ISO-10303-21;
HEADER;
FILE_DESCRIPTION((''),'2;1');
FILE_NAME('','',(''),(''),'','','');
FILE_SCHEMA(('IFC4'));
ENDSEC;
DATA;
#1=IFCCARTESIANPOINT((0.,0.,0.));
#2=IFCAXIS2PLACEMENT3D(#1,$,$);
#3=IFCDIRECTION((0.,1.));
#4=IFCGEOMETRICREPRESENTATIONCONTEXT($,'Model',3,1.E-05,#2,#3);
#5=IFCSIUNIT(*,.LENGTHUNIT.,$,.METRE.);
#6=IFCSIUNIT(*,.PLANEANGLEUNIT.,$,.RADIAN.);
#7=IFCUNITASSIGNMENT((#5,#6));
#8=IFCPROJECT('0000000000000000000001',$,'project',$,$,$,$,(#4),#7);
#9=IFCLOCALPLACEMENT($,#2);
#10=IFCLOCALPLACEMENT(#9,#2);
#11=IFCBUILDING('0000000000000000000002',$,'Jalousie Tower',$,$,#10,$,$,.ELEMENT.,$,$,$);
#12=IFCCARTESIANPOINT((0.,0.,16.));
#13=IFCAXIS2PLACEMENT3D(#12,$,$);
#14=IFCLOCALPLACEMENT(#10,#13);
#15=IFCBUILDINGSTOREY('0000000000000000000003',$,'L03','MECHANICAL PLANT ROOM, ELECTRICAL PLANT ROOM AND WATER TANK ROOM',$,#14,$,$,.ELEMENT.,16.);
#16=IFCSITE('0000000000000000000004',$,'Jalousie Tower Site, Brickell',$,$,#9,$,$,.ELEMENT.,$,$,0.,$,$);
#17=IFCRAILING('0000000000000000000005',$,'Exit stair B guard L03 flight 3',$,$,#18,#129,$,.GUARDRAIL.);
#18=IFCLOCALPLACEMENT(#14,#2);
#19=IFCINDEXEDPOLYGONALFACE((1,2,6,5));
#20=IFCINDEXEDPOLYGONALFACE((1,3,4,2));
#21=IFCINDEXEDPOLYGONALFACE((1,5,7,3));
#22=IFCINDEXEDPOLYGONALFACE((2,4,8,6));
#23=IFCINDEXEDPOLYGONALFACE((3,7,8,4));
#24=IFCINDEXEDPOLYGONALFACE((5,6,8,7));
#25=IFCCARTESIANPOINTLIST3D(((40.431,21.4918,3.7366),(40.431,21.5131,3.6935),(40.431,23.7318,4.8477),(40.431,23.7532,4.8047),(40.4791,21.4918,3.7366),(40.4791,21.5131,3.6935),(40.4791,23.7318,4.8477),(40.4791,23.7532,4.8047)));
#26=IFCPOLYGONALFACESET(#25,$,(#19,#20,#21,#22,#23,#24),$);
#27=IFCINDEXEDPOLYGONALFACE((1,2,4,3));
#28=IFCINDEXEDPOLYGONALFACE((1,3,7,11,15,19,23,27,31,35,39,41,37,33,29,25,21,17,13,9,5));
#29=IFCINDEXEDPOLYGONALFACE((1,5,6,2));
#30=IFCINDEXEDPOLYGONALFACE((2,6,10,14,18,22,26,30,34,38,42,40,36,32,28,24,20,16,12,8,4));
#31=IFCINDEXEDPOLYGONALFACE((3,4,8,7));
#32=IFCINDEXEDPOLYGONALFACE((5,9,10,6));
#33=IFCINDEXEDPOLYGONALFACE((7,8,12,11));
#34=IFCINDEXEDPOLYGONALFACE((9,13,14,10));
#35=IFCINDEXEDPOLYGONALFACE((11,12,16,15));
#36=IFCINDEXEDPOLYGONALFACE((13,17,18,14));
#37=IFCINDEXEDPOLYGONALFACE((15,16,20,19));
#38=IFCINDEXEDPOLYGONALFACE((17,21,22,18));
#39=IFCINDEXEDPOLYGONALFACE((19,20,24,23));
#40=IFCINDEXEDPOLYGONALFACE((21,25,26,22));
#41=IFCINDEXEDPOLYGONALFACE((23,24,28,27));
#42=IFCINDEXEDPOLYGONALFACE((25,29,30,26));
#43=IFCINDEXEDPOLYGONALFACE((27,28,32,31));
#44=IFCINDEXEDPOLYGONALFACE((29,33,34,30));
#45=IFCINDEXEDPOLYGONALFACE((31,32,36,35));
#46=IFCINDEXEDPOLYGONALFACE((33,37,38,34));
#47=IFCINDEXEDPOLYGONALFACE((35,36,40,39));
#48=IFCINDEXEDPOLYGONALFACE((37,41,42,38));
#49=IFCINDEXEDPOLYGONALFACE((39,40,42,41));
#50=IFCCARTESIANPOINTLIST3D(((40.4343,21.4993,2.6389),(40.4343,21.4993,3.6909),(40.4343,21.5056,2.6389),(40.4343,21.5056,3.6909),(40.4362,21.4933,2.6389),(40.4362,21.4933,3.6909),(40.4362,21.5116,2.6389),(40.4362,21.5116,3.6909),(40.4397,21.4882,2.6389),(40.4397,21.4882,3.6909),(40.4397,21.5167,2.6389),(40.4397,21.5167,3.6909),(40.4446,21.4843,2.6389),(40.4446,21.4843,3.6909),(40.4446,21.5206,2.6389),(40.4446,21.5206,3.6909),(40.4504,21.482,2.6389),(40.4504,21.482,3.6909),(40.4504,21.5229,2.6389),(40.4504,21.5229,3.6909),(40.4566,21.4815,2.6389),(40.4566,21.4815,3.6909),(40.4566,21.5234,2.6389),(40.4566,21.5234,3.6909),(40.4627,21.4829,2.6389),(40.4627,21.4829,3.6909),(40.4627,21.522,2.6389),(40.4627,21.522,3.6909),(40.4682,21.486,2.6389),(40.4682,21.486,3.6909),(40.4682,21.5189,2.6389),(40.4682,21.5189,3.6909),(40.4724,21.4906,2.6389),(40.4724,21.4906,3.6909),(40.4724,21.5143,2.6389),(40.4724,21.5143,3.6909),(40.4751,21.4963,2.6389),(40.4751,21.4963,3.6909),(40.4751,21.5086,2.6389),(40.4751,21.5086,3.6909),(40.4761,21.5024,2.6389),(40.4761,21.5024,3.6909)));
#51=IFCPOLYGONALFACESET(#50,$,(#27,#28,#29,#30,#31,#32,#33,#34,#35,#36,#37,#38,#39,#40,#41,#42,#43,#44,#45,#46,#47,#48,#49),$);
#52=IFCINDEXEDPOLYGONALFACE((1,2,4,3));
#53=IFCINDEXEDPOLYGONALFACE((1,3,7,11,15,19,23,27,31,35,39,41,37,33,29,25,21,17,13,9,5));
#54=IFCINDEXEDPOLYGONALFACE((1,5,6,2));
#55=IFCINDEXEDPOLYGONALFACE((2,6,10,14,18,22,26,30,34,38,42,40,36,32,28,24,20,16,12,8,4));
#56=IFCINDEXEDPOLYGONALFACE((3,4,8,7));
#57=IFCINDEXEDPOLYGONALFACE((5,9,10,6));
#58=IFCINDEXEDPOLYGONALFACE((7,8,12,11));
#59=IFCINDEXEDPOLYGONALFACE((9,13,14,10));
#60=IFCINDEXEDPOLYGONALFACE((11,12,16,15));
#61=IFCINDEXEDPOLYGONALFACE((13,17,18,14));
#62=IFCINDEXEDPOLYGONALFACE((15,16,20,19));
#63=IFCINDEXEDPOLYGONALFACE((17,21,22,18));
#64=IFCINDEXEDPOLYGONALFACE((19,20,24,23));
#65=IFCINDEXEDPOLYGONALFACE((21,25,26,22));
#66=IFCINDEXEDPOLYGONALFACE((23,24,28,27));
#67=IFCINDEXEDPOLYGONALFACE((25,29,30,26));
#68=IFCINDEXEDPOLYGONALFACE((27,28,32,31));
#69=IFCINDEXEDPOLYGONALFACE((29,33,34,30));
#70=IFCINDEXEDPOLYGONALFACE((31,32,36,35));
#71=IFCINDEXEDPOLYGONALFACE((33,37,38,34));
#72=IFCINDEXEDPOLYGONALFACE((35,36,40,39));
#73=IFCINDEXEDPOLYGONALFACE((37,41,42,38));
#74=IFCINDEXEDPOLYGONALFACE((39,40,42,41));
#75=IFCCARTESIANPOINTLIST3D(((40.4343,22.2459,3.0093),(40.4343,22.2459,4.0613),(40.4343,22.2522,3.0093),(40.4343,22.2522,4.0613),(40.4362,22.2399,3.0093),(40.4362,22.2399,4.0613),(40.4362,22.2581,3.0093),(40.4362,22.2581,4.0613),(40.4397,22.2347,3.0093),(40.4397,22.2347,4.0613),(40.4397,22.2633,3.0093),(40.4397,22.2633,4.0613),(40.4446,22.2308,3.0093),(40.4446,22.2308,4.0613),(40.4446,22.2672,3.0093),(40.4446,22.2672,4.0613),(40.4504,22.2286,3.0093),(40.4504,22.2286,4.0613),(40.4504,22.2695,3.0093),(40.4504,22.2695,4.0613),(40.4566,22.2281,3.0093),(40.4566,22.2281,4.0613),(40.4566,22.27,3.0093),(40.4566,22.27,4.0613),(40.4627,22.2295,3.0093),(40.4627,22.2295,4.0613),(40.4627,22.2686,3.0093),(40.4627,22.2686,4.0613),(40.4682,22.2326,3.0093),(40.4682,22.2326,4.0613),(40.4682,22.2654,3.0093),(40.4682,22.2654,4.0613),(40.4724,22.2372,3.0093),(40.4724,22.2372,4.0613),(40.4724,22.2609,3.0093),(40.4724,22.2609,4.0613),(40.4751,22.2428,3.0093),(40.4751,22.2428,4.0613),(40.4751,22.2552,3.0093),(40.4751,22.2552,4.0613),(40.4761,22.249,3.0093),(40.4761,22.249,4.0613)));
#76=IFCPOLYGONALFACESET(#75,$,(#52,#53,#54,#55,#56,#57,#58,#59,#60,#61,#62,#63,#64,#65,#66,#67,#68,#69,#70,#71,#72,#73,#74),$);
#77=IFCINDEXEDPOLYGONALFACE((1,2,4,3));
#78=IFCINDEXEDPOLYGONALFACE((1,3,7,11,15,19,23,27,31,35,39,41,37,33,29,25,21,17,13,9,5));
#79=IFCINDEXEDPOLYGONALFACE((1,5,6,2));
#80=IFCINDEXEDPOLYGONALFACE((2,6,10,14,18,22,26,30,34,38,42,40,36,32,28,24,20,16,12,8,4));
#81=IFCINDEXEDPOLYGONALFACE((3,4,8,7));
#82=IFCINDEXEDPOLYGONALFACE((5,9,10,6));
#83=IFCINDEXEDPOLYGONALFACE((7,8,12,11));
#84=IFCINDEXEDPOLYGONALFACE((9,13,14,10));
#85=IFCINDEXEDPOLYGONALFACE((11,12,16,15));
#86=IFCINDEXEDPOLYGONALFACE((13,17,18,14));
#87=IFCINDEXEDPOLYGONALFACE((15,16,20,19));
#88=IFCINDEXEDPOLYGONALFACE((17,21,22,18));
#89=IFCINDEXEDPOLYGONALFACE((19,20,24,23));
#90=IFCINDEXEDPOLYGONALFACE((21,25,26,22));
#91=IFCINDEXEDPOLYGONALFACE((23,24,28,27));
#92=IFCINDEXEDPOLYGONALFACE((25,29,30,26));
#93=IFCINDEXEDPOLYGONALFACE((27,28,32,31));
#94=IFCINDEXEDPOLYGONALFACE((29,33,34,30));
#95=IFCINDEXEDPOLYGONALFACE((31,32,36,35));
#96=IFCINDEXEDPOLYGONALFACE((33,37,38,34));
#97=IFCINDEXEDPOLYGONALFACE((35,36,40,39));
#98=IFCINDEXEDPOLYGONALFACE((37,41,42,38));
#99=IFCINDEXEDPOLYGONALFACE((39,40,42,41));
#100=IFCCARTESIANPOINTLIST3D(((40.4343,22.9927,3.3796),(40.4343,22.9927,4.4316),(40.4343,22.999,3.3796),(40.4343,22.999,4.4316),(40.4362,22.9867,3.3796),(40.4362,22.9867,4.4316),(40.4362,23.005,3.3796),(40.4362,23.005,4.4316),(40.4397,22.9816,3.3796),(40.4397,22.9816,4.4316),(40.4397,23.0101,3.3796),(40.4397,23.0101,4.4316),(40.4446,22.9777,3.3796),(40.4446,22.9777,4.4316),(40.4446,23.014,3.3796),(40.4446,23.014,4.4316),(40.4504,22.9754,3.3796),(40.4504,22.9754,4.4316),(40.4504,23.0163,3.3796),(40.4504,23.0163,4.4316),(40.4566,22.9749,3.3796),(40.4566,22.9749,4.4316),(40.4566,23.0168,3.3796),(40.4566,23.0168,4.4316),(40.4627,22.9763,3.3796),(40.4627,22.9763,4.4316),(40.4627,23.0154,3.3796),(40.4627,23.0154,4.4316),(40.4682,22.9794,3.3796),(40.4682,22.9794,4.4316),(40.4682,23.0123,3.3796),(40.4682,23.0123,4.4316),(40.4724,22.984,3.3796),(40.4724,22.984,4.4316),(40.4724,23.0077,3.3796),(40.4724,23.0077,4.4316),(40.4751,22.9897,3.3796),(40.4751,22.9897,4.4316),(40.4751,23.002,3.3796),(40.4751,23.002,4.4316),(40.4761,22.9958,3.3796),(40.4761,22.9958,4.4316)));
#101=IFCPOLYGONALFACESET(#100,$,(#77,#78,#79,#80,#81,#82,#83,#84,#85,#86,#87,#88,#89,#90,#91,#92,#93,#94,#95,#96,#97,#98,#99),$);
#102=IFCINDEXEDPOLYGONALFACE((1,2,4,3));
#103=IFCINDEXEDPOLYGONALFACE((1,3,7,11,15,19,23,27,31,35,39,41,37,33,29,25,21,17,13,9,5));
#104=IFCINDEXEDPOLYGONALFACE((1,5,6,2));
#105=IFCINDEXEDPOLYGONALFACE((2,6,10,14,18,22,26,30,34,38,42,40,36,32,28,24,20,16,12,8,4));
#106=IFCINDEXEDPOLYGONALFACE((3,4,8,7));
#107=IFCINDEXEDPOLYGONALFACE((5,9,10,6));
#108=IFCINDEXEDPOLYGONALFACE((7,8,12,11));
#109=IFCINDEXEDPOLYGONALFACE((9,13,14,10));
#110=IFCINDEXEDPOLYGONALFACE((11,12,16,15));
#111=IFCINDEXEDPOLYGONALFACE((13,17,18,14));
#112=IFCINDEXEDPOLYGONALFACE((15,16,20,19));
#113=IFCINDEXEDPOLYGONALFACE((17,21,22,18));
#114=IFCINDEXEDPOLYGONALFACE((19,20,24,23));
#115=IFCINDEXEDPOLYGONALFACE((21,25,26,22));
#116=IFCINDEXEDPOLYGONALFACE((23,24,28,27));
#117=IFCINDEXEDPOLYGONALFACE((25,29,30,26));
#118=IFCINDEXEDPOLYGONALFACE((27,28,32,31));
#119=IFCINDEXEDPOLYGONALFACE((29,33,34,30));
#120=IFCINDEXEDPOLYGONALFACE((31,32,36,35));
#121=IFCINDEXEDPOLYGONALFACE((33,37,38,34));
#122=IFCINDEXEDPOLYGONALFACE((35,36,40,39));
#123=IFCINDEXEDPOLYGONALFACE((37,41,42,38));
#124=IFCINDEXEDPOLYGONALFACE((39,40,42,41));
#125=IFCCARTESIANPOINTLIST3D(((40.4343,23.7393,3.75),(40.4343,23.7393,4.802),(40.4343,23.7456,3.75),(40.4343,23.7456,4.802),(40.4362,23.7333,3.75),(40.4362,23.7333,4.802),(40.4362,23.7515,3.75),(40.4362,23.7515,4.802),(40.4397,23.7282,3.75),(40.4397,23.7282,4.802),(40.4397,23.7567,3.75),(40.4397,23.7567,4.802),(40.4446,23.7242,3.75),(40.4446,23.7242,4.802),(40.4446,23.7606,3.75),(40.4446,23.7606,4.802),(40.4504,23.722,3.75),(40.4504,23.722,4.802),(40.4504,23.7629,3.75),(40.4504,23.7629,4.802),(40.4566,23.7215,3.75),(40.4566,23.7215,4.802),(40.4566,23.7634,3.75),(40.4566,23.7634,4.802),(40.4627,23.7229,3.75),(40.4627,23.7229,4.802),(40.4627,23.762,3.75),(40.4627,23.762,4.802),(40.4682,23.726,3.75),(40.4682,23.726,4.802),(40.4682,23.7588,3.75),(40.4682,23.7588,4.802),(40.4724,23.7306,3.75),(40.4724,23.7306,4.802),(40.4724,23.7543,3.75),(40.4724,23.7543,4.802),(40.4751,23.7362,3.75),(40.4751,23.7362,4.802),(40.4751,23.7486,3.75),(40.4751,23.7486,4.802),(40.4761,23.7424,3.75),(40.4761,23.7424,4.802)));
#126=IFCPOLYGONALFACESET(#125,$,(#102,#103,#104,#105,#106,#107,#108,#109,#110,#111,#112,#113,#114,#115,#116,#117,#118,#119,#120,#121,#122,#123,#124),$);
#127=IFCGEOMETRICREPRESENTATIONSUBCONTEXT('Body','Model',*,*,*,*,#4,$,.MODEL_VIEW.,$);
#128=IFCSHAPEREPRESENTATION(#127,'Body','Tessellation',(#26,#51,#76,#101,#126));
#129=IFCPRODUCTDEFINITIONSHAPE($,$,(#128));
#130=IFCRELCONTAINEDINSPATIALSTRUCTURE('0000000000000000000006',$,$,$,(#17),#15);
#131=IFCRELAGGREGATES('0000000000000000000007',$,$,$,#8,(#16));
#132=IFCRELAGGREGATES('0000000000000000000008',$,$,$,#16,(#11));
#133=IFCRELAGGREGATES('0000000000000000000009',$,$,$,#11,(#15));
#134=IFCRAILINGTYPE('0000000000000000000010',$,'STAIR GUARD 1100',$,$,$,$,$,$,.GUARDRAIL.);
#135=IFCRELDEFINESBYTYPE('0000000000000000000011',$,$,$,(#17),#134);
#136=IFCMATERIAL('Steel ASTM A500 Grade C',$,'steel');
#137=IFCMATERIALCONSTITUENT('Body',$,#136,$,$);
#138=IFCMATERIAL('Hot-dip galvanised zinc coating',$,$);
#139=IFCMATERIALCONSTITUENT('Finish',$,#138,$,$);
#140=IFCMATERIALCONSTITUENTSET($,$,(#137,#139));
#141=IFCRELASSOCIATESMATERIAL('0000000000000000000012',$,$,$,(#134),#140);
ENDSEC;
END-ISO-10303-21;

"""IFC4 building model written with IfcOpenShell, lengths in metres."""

from ifc_helpers import new_model, si_unit, direction, frame, origin, origin_2d, place, context, subcontext, project, spatial, rectangle, circle, extrude, material, constituent, constituent_set, type_object, element, save


model = new_model("IFC4")

# Units and contexts
model_context = context("Model", 3, precision=1e-05, world=origin(), true_north=direction((0.0, 1.0)))
body_context = subcontext(model_context, "Body", "Model", "MODEL_VIEW")
ifc_project = project(units=[si_unit("LENGTHUNIT", "METRE"), si_unit("PLANEANGLEUNIT", "RADIAN")], contexts=[model_context])

# Site, building, storey
site_placement = place(None, origin())
site = spatial("IfcSite", under=ifc_project, at=site_placement, Name="Jalousie Tower Site, Brickell", CompositionType="ELEMENT", RefElevation=0.0)
building_placement = place(site_placement, origin())
building = spatial("IfcBuilding", under=site, at=building_placement, Name="Jalousie Tower", CompositionType="ELEMENT")
storey_placement = place(building_placement, frame((0.0, 0.0, 16.0)))
storey = spatial("IfcBuildingStorey", under=building, at=storey_placement, Name="L03", Description="MECHANICAL PLANT ROOM, ELECTRICAL PLANT ROOM AND WATER TANK ROOM", CompositionType="ELEMENT", Elevation=16.0)

# Railing
ifc_material_1 = material(Name="Steel ASTM A500 Grade C", Category="steel")
ifc_constituent_1 = constituent(ifc_material_1, Name="Body")
ifc_material_2 = material(Name="Hot-dip galvanised zinc coating")
ifc_constituent_2 = constituent(ifc_material_2, Name="Finish")
ifc_constituent_set_1 = constituent_set(constituents=[ifc_constituent_1, ifc_constituent_2])
railing_type_1 = type_object("IfcRailingType", Name="STAIR GUARD 1100", PredefinedType="GUARDRAIL", material=ifc_constituent_set_1)
railing_1_placement = place(storey_placement, frame((40.4551, 21.5024, 2.6389)))
element("IfcRailing", 1, at=railing_1_placement, inside=storey, type_object=railing_type_1, Name="Exit stair B guard L03 flight 3", PredefinedType="GUARDRAIL", context=body_context, shape_type="SweptSolid", body=[
    extrude(rectangle(XDim=0.0481, YDim=0.0481, at=origin_2d()), frame((0.0, 0.0, 1.0762), z_axis=(0.0, 0.895848, 0.44436), x_axis=(-1.0, 0.0, 0.0)), (0.0, 0.0, 1.0), 2.5005),
    extrude(circle(Radius=0.021, at=origin_2d()), origin(), (0.0, 0.0, 1.0), 1.052),
    extrude(circle(Radius=0.021, at=origin_2d()), frame((0.0, 0.7466, 0.3704)), (0.0, 0.0, 1.0), 1.052),
    extrude(circle(Radius=0.021, at=origin_2d()), frame((0.0, 1.4934, 0.7407)), (0.0, 0.0, 1.0), 1.052),
    extrude(circle(Radius=0.021, at=origin_2d()), frame((0.0, 2.24, 1.1111)), (0.0, 0.0, 1.0), 1.052),
])

save(model, "model.ifc")
